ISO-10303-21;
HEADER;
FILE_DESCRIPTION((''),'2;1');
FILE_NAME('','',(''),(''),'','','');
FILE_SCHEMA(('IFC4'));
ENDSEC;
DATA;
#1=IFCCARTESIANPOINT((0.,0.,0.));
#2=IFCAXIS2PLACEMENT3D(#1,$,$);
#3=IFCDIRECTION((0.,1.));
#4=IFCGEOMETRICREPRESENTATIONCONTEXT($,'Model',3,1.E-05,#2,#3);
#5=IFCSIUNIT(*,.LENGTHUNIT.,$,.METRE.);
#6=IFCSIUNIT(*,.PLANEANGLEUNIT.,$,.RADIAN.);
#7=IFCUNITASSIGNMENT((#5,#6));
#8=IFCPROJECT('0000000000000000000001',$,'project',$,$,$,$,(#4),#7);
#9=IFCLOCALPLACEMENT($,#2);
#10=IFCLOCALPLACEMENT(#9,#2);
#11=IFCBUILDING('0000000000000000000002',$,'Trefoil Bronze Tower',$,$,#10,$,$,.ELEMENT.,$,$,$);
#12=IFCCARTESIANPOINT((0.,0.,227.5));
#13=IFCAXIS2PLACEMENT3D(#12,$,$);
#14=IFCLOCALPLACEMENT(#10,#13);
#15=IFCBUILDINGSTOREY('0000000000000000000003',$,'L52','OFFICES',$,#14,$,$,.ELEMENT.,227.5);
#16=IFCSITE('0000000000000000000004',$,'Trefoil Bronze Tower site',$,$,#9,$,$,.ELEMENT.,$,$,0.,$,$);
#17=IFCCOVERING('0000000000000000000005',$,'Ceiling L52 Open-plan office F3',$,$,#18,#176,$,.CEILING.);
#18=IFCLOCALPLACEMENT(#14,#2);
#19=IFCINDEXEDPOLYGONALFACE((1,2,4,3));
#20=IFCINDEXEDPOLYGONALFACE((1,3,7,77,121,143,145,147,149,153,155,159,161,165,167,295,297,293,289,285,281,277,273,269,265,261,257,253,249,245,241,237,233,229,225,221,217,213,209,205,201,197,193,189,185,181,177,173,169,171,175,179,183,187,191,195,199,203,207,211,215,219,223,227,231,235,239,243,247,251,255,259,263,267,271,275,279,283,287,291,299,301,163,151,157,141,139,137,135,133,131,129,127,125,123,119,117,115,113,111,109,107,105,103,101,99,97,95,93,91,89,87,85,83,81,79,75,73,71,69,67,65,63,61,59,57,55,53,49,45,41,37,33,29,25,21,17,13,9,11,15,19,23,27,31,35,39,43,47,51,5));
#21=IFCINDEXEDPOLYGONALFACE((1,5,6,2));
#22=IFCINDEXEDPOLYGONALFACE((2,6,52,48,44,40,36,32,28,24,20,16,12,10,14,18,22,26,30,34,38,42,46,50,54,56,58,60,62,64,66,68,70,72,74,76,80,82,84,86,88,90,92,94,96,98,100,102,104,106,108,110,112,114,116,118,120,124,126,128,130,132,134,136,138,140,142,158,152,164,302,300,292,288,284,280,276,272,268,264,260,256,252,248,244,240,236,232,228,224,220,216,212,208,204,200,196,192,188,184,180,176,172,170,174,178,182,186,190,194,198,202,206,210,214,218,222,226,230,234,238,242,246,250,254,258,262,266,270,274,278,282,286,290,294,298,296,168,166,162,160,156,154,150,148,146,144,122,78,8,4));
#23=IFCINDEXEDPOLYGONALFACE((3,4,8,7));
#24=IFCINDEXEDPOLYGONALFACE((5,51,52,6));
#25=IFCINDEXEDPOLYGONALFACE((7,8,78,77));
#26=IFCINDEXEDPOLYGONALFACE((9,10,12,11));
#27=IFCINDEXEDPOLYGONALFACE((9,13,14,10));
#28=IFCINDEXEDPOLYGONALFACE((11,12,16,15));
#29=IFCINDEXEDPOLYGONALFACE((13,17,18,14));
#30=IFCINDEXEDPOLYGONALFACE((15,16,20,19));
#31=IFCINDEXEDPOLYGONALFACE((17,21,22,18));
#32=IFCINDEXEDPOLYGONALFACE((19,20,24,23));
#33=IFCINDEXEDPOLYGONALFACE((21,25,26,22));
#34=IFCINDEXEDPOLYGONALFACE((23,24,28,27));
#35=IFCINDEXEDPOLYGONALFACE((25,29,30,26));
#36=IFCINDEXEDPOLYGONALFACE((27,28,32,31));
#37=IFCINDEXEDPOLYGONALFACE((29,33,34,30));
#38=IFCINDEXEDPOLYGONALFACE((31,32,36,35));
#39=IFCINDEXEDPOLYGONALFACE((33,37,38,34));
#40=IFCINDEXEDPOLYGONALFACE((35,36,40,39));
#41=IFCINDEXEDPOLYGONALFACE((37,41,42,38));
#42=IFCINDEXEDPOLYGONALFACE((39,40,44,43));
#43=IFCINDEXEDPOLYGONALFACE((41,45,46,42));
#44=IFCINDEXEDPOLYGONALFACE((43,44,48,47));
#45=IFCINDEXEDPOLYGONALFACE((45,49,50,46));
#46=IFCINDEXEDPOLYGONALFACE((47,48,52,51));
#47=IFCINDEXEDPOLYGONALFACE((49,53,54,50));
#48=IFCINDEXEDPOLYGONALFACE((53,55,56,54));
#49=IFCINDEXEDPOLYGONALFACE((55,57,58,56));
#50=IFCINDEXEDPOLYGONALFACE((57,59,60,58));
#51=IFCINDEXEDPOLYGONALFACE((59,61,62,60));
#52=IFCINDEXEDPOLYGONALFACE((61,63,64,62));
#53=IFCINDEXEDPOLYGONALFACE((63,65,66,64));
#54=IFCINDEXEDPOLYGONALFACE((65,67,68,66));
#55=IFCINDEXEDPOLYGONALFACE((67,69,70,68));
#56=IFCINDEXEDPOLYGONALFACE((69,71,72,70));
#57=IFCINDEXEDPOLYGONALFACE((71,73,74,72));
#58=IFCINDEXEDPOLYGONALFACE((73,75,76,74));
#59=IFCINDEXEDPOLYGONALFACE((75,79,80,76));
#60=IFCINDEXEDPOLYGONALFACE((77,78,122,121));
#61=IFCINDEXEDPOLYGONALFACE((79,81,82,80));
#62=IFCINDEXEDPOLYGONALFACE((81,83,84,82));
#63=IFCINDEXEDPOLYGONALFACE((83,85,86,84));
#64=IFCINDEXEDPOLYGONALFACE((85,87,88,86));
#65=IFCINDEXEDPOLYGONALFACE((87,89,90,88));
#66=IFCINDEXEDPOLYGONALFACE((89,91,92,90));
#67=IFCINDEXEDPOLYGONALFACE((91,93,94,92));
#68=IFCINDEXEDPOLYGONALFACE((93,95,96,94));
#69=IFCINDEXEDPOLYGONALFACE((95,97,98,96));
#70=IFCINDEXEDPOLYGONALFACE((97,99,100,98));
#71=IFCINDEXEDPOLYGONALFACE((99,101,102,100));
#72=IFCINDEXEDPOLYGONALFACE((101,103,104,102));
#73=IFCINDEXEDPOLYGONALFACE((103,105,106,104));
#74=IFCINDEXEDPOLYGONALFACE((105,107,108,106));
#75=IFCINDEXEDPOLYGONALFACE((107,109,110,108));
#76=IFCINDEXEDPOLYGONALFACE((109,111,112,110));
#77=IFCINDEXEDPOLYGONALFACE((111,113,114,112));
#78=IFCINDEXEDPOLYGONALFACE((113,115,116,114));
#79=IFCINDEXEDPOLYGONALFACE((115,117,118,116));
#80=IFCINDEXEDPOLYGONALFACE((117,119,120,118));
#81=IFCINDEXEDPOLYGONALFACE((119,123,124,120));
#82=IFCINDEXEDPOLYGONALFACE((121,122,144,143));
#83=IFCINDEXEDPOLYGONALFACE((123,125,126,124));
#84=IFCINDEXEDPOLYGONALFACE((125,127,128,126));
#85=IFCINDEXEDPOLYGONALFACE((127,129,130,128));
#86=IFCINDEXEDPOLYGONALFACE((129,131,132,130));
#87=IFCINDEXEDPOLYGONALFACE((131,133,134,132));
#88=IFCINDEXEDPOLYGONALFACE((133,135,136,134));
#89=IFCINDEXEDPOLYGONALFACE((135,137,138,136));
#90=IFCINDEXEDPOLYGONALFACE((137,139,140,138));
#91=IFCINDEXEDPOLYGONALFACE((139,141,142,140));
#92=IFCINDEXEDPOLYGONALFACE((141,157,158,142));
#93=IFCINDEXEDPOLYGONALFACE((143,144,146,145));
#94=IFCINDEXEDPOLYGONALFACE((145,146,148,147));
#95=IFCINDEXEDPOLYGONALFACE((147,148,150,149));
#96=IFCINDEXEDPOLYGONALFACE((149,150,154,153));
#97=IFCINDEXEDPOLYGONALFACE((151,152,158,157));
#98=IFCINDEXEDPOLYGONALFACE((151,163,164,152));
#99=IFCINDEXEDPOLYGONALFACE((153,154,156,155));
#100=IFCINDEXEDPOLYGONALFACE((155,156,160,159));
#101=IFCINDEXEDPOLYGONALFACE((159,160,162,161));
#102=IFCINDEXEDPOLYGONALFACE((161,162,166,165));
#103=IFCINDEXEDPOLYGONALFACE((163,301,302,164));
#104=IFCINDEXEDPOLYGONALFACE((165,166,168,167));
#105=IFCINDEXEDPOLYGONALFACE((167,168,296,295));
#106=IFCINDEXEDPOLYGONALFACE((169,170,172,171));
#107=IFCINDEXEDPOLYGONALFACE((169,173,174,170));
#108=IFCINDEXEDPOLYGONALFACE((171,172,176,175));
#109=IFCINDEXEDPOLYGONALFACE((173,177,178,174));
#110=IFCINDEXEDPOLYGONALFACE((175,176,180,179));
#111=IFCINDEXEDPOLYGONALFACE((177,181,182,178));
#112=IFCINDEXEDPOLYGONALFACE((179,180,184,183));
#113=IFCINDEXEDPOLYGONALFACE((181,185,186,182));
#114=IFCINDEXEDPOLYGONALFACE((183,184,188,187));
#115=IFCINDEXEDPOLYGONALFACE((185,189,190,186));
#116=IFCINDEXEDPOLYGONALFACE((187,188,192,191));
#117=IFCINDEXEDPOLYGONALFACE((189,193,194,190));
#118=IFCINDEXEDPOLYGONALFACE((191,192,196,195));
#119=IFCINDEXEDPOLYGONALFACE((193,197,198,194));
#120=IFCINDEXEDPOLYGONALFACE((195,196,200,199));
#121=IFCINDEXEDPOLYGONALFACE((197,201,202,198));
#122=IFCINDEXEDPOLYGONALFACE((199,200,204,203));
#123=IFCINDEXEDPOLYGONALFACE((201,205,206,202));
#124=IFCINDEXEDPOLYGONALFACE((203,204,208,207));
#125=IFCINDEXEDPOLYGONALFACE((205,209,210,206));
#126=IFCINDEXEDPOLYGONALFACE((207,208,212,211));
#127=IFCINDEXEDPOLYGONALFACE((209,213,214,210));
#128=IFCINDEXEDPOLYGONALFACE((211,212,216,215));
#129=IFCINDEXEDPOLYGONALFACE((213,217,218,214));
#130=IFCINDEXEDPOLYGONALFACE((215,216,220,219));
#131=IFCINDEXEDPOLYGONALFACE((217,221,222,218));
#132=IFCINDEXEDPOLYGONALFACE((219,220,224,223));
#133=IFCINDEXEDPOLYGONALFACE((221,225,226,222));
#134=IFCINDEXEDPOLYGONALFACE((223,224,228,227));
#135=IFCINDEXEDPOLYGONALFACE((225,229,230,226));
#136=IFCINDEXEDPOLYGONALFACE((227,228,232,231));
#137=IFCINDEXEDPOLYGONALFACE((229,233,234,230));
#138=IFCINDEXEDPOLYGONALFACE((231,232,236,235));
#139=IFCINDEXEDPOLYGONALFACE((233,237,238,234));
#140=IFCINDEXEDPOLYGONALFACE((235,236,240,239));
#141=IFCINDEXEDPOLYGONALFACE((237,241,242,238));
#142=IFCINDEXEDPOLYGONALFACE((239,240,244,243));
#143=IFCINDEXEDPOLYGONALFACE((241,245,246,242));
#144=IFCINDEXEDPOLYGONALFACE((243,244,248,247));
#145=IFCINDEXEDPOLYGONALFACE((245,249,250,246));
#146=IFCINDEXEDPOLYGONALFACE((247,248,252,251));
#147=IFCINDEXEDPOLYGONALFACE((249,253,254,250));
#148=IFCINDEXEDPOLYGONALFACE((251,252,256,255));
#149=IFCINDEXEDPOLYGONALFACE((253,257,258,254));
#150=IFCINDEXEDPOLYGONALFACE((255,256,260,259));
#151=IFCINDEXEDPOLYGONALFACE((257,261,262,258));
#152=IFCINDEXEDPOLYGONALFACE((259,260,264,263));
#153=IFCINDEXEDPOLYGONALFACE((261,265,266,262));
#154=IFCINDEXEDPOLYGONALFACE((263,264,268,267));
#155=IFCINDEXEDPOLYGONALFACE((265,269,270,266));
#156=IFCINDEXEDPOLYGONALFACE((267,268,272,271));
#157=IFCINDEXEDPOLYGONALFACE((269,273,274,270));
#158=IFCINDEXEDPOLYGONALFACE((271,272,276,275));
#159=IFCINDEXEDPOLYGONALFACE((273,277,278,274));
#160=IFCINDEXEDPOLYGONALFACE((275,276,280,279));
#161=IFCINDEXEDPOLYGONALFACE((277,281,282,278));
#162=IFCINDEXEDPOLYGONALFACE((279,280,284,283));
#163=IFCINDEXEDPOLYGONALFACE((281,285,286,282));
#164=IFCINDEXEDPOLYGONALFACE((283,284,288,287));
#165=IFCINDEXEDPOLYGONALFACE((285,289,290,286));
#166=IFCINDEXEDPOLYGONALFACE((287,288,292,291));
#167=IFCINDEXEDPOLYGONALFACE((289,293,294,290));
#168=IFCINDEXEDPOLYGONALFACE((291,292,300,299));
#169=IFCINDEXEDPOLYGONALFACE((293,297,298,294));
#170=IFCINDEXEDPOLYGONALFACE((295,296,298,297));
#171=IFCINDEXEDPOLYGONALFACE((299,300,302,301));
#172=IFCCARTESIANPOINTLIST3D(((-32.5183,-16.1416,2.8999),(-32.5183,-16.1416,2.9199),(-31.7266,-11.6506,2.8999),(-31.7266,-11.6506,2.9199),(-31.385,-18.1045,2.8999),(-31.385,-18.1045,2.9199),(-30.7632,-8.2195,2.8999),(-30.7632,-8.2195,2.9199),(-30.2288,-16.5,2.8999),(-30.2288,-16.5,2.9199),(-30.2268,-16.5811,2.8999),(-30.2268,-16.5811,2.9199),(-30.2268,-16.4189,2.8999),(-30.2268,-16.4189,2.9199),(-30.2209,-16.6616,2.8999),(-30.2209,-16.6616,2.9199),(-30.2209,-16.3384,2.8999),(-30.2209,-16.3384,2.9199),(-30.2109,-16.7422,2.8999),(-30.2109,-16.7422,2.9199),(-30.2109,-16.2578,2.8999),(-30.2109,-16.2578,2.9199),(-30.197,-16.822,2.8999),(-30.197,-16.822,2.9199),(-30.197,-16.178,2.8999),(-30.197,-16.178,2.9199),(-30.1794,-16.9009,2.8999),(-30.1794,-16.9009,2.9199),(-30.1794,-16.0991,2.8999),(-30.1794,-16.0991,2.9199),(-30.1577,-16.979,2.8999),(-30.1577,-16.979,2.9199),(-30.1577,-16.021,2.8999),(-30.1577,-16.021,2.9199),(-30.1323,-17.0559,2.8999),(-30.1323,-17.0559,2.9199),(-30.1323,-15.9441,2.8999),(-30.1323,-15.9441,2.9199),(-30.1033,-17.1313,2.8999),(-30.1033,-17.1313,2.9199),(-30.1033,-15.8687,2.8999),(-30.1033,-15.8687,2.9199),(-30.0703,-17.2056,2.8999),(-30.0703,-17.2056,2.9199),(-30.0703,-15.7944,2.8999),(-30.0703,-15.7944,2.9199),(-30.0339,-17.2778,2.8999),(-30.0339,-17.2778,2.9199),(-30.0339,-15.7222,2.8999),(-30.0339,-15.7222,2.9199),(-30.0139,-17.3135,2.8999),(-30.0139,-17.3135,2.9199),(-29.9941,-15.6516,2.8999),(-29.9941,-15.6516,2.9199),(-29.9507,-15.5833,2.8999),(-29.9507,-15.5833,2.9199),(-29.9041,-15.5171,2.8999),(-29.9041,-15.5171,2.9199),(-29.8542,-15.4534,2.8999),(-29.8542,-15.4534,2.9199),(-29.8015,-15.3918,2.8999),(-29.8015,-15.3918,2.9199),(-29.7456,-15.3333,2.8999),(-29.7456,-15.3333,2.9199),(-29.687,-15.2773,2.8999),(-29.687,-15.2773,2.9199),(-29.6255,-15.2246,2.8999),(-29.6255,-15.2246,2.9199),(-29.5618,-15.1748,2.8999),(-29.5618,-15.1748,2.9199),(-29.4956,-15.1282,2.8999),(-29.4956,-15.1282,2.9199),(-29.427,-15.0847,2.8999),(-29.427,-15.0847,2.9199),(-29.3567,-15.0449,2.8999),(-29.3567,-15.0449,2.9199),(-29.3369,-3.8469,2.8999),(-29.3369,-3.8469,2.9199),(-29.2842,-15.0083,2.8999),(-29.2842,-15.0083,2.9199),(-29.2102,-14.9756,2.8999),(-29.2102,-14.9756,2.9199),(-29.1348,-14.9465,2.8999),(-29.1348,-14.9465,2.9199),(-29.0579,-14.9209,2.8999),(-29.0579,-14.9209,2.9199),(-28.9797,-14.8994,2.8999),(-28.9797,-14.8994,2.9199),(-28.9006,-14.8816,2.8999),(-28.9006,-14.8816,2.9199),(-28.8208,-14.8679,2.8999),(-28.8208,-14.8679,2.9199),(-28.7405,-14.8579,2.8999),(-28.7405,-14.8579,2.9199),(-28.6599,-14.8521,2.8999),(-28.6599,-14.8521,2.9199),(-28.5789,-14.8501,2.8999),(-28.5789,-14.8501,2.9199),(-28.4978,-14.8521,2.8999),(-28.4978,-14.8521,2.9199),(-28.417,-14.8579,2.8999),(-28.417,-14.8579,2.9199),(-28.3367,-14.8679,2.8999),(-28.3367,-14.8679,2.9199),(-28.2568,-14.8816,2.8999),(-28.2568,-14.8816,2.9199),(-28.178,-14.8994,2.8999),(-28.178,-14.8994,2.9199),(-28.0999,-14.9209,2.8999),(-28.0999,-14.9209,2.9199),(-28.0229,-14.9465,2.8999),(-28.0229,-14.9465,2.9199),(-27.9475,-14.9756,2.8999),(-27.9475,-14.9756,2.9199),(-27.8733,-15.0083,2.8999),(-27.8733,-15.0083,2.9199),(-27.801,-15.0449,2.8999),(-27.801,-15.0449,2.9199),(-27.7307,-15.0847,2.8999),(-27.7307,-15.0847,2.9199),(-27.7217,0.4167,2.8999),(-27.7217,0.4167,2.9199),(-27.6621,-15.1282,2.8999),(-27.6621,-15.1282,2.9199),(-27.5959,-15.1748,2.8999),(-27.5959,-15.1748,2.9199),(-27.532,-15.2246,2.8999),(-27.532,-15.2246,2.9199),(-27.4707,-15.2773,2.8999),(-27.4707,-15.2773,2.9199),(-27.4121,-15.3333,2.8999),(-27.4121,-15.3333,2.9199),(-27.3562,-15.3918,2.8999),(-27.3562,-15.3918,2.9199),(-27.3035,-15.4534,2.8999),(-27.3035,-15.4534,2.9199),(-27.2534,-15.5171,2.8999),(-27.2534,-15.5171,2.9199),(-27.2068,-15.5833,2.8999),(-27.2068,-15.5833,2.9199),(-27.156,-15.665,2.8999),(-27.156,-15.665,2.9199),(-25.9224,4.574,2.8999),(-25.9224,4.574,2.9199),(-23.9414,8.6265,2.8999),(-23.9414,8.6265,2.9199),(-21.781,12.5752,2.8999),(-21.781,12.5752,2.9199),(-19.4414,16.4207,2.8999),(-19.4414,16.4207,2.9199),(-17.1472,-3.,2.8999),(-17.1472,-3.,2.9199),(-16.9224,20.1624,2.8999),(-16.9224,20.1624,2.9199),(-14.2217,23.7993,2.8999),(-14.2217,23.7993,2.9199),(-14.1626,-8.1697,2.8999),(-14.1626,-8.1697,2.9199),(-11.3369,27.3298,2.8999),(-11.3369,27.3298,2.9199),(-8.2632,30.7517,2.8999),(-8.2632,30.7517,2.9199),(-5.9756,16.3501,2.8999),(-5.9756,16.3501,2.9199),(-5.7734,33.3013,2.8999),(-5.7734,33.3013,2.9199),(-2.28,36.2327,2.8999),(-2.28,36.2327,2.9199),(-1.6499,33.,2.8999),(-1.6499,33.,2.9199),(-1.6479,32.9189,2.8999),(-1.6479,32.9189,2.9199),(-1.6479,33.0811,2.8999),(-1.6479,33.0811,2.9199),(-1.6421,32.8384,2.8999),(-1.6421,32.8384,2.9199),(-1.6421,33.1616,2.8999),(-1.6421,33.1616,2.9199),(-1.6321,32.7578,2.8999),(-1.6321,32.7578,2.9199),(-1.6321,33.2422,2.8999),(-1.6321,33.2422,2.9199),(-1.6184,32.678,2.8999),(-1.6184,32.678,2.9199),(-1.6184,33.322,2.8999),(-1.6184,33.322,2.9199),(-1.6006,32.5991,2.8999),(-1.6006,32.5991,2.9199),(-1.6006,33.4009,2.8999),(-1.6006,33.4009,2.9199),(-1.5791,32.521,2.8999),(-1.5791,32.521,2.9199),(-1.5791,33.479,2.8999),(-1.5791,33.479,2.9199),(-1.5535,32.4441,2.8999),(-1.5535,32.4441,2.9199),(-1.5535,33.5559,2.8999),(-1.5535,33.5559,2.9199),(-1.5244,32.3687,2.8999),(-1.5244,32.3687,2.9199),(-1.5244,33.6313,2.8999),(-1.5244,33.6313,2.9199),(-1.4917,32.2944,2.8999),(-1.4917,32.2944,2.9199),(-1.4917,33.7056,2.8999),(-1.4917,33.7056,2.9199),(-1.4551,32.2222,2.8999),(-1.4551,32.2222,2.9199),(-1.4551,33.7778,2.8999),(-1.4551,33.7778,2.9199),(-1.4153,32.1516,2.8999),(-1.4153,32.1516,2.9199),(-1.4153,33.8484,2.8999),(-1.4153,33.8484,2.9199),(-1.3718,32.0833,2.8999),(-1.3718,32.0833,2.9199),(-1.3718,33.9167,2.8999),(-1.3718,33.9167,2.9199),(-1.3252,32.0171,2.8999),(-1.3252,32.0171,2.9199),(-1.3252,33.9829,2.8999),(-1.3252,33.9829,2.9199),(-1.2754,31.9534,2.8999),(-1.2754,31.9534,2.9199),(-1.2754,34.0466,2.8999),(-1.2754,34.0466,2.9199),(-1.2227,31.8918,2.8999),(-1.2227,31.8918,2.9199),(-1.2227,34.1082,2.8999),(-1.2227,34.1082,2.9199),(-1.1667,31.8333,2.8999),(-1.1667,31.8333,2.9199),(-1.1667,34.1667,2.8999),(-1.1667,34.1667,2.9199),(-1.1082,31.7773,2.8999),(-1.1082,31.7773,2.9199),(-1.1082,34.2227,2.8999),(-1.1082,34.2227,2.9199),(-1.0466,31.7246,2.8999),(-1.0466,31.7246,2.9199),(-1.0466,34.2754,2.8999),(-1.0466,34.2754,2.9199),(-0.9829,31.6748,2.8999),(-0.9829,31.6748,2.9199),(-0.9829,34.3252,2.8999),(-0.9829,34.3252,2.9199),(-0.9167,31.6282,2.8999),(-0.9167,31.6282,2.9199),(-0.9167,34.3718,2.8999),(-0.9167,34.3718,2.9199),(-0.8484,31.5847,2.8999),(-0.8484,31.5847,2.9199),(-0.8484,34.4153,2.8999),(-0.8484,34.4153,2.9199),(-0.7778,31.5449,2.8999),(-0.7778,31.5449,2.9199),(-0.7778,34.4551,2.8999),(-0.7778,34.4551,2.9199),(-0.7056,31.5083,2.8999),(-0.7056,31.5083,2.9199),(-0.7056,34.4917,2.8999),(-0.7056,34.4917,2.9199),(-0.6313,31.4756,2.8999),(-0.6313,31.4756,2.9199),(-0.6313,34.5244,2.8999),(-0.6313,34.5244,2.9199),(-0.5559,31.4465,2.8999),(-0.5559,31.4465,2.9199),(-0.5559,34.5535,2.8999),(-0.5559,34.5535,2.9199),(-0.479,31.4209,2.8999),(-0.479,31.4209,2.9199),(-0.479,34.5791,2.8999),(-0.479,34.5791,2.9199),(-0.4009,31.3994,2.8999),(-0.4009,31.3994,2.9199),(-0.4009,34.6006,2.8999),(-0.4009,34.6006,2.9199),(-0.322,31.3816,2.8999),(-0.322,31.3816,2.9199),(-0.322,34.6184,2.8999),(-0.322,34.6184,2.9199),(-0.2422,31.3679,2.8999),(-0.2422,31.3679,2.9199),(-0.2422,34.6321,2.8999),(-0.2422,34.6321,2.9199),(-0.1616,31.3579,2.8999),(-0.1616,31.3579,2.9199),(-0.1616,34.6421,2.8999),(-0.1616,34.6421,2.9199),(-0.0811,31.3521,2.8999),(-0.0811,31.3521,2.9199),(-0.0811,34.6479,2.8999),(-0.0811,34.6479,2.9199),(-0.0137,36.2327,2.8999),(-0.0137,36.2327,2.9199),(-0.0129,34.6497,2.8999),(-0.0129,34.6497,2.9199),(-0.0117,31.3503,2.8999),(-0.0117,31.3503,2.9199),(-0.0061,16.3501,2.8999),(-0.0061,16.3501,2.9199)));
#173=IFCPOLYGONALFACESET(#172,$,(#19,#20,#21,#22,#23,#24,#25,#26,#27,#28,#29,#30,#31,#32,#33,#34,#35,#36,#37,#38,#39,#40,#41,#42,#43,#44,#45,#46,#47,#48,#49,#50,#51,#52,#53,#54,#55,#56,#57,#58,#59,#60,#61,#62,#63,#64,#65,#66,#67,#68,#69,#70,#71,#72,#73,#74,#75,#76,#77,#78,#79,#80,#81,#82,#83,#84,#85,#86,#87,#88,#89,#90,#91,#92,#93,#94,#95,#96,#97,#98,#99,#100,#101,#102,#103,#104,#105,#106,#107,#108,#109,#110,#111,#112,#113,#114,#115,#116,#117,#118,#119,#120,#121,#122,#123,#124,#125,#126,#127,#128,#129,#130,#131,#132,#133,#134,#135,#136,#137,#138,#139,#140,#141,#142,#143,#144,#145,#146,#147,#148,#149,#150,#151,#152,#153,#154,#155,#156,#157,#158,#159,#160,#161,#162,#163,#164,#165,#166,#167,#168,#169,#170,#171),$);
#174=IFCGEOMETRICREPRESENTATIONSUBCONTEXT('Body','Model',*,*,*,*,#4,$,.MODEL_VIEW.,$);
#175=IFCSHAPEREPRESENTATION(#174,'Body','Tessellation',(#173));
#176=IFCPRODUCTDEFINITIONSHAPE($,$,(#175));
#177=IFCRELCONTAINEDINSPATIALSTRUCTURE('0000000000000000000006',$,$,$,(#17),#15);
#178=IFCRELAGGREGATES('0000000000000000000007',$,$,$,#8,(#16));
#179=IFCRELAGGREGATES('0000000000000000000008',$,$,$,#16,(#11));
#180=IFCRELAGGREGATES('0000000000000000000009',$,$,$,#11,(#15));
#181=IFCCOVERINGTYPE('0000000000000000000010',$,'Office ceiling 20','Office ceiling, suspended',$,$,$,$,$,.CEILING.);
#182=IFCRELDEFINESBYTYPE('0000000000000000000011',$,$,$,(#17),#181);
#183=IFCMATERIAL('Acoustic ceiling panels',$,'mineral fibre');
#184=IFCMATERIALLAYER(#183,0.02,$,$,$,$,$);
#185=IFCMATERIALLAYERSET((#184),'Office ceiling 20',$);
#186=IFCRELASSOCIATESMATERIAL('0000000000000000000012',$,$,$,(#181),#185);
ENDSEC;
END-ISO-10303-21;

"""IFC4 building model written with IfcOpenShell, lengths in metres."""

from ifc_helpers import new_model, si_unit, direction, frame, origin, place, context, subcontext, project, spatial, polyline, outline, extrude, material, layer, layer_set, type_object, element, save


model = new_model("IFC4")

# Units and contexts
model_context = context("Model", 3, precision=1e-05, world=origin(), true_north=direction((0.0, 1.0)))
body_context = subcontext(model_context, "Body", "Model", "MODEL_VIEW")
ifc_project = project(units=[si_unit("LENGTHUNIT", "METRE"), si_unit("PLANEANGLEUNIT", "RADIAN")], contexts=[model_context])

# Site, building, storey
site_placement = place(None, origin())
site = spatial("IfcSite", under=ifc_project, at=site_placement, Name="Trefoil Bronze Tower site", CompositionType="ELEMENT", RefElevation=0.0)
building_placement = place(site_placement, origin())
building = spatial("IfcBuilding", under=site, at=building_placement, Name="Trefoil Bronze Tower", CompositionType="ELEMENT")
storey_placement = place(building_placement, frame((0.0, 0.0, 227.5)))
storey = spatial("IfcBuildingStorey", under=building, at=storey_placement, Name="L52", Description="OFFICES", CompositionType="ELEMENT", Elevation=227.5)

# Covering
ifc_material_1 = material(Name="Acoustic ceiling panels", Category="mineral fibre")
ifc_layer_1 = layer(ifc_material_1, 0.02)
ifc_layer_set_1 = layer_set([ifc_layer_1], Name="Office ceiling 20")
covering_type_1 = type_object("IfcCoveringType", Name="Office ceiling 20", Description="Office ceiling, suspended", PredefinedType="CEILING", material=ifc_layer_set_1)
covering_1_placement = place(storey_placement, frame((0.0, 0.0, 2.8999)))
element("IfcCovering", 1, at=covering_1_placement, inside=storey, type_object=covering_type_1, Name="Ceiling L52 Open-plan office F3", PredefinedType="CEILING", context=body_context, shape_type="SweptSolid", body=[
    extrude(outline(polyline([(-30.7632, -8.2195), (-29.3369, -3.8469), (-27.7217, 0.4167), (-25.9224, 4.574), (-23.9414, 8.6265), (-21.781, 12.5752), (-19.4414, 16.4207), (-16.9224, 20.1624), (-14.2217, 23.7993), (-11.3369, 27.3298), (-8.2632, 30.7517), (-5.7734, 33.3013), (-2.28, 36.2327), (-0.0137, 36.2327), (-0.0129, 34.6497), (-0.0811, 34.6479), (-0.1616, 34.6421), (-0.2422, 34.6321), (-0.322, 34.6184), (-0.4009, 34.6006), (-0.479, 34.5791), (-0.5559, 34.5535), (-0.6313, 34.5244), (-0.7056, 34.4917), (-0.7778, 34.4551), (-0.8484, 34.4153), (-0.9167, 34.3718), (-0.9829, 34.3252), (-1.0466, 34.2754), (-1.1082, 34.2227), (-1.1667, 34.1667), (-1.2227, 34.1082), (-1.2754, 34.0466), (-1.3252, 33.9829), (-1.3718, 33.9167), (-1.4153, 33.8484), (-1.4551, 33.7778), (-1.4917, 33.7056), (-1.5244, 33.6313), (-1.5535, 33.5559), (-1.5791, 33.479), (-1.6006, 33.4009), (-1.6184, 33.322), (-1.6321, 33.2422), (-1.6421, 33.1616), (-1.6479, 33.0811), (-1.6499, 33.0), (-1.6479, 32.9189), (-1.6421, 32.8384), (-1.6321, 32.7578), (-1.6184, 32.678), (-1.6006, 32.5991), (-1.5791, 32.521), (-1.5535, 32.4441), (-1.5244, 32.3687), (-1.4917, 32.2944), (-1.4551, 32.2222), (-1.4153, 32.1516), (-1.3718, 32.0833), (-1.3252, 32.0171), (-1.2754, 31.9534), (-1.2227, 31.8918), (-1.1667, 31.8333), (-1.1082, 31.7773), (-1.0466, 31.7246), (-0.9829, 31.6748), (-0.9167, 31.6282), (-0.8484, 31.5847), (-0.7778, 31.5449), (-0.7056, 31.5083), (-0.6313, 31.4756), (-0.5559, 31.4465), (-0.479, 31.4209), (-0.4009, 31.3994), (-0.322, 31.3816), (-0.2422, 31.3679), (-0.1616, 31.3579), (-0.0811, 31.3521), (-0.0117, 31.3503), (-0.0061, 16.3501), (-5.9756, 16.3501), (-17.1472, -3.0), (-14.1626, -8.1697), (-27.156, -15.665), (-27.2068, -15.5833), (-27.2534, -15.5171), (-27.3035, -15.4534), (-27.3562, -15.3918), (-27.4121, -15.3333), (-27.4707, -15.2773), (-27.532, -15.2246), (-27.5959, -15.1748), (-27.6621, -15.1282), (-27.7307, -15.0847), (-27.801, -15.0449), (-27.8733, -15.0083), (-27.9475, -14.9756), (-28.0229, -14.9465), (-28.0999, -14.9209), (-28.178, -14.8994), (-28.2568, -14.8816), (-28.3367, -14.8679), (-28.417, -14.8579), (-28.4978, -14.8521), (-28.5789, -14.8501), (-28.6599, -14.8521), (-28.7405, -14.8579), (-28.8208, -14.8679), (-28.9006, -14.8816), (-28.9797, -14.8994), (-29.0579, -14.9209), (-29.1348, -14.9465), (-29.2102, -14.9756), (-29.2842, -15.0083), (-29.3567, -15.0449), (-29.427, -15.0847), (-29.4956, -15.1282), (-29.5618, -15.1748), (-29.6255, -15.2246), (-29.687, -15.2773), (-29.7456, -15.3333), (-29.8015, -15.3918), (-29.8542, -15.4534), (-29.9041, -15.5171), (-29.9507, -15.5833), (-29.9941, -15.6516), (-30.0339, -15.7222), (-30.0703, -15.7944), (-30.1033, -15.8687), (-30.1323, -15.9441), (-30.1577, -16.021), (-30.1794, -16.0991), (-30.197, -16.178), (-30.2109, -16.2578), (-30.2209, -16.3384), (-30.2268, -16.4189), (-30.2288, -16.5), (-30.2268, -16.5811), (-30.2209, -16.6616), (-30.2109, -16.7422), (-30.197, -16.822), (-30.1794, -16.9009), (-30.1577, -16.979), (-30.1323, -17.0559), (-30.1033, -17.1313), (-30.0703, -17.2056), (-30.0339, -17.2778), (-30.0139, -17.3135), (-31.385, -18.1045), (-32.5183, -16.1416), (-31.7266, -11.6506), (-30.7632, -8.2195)])), origin(), (0.0, 0.0, 1.0), 0.02),
])

save(model, "model.ifc")
